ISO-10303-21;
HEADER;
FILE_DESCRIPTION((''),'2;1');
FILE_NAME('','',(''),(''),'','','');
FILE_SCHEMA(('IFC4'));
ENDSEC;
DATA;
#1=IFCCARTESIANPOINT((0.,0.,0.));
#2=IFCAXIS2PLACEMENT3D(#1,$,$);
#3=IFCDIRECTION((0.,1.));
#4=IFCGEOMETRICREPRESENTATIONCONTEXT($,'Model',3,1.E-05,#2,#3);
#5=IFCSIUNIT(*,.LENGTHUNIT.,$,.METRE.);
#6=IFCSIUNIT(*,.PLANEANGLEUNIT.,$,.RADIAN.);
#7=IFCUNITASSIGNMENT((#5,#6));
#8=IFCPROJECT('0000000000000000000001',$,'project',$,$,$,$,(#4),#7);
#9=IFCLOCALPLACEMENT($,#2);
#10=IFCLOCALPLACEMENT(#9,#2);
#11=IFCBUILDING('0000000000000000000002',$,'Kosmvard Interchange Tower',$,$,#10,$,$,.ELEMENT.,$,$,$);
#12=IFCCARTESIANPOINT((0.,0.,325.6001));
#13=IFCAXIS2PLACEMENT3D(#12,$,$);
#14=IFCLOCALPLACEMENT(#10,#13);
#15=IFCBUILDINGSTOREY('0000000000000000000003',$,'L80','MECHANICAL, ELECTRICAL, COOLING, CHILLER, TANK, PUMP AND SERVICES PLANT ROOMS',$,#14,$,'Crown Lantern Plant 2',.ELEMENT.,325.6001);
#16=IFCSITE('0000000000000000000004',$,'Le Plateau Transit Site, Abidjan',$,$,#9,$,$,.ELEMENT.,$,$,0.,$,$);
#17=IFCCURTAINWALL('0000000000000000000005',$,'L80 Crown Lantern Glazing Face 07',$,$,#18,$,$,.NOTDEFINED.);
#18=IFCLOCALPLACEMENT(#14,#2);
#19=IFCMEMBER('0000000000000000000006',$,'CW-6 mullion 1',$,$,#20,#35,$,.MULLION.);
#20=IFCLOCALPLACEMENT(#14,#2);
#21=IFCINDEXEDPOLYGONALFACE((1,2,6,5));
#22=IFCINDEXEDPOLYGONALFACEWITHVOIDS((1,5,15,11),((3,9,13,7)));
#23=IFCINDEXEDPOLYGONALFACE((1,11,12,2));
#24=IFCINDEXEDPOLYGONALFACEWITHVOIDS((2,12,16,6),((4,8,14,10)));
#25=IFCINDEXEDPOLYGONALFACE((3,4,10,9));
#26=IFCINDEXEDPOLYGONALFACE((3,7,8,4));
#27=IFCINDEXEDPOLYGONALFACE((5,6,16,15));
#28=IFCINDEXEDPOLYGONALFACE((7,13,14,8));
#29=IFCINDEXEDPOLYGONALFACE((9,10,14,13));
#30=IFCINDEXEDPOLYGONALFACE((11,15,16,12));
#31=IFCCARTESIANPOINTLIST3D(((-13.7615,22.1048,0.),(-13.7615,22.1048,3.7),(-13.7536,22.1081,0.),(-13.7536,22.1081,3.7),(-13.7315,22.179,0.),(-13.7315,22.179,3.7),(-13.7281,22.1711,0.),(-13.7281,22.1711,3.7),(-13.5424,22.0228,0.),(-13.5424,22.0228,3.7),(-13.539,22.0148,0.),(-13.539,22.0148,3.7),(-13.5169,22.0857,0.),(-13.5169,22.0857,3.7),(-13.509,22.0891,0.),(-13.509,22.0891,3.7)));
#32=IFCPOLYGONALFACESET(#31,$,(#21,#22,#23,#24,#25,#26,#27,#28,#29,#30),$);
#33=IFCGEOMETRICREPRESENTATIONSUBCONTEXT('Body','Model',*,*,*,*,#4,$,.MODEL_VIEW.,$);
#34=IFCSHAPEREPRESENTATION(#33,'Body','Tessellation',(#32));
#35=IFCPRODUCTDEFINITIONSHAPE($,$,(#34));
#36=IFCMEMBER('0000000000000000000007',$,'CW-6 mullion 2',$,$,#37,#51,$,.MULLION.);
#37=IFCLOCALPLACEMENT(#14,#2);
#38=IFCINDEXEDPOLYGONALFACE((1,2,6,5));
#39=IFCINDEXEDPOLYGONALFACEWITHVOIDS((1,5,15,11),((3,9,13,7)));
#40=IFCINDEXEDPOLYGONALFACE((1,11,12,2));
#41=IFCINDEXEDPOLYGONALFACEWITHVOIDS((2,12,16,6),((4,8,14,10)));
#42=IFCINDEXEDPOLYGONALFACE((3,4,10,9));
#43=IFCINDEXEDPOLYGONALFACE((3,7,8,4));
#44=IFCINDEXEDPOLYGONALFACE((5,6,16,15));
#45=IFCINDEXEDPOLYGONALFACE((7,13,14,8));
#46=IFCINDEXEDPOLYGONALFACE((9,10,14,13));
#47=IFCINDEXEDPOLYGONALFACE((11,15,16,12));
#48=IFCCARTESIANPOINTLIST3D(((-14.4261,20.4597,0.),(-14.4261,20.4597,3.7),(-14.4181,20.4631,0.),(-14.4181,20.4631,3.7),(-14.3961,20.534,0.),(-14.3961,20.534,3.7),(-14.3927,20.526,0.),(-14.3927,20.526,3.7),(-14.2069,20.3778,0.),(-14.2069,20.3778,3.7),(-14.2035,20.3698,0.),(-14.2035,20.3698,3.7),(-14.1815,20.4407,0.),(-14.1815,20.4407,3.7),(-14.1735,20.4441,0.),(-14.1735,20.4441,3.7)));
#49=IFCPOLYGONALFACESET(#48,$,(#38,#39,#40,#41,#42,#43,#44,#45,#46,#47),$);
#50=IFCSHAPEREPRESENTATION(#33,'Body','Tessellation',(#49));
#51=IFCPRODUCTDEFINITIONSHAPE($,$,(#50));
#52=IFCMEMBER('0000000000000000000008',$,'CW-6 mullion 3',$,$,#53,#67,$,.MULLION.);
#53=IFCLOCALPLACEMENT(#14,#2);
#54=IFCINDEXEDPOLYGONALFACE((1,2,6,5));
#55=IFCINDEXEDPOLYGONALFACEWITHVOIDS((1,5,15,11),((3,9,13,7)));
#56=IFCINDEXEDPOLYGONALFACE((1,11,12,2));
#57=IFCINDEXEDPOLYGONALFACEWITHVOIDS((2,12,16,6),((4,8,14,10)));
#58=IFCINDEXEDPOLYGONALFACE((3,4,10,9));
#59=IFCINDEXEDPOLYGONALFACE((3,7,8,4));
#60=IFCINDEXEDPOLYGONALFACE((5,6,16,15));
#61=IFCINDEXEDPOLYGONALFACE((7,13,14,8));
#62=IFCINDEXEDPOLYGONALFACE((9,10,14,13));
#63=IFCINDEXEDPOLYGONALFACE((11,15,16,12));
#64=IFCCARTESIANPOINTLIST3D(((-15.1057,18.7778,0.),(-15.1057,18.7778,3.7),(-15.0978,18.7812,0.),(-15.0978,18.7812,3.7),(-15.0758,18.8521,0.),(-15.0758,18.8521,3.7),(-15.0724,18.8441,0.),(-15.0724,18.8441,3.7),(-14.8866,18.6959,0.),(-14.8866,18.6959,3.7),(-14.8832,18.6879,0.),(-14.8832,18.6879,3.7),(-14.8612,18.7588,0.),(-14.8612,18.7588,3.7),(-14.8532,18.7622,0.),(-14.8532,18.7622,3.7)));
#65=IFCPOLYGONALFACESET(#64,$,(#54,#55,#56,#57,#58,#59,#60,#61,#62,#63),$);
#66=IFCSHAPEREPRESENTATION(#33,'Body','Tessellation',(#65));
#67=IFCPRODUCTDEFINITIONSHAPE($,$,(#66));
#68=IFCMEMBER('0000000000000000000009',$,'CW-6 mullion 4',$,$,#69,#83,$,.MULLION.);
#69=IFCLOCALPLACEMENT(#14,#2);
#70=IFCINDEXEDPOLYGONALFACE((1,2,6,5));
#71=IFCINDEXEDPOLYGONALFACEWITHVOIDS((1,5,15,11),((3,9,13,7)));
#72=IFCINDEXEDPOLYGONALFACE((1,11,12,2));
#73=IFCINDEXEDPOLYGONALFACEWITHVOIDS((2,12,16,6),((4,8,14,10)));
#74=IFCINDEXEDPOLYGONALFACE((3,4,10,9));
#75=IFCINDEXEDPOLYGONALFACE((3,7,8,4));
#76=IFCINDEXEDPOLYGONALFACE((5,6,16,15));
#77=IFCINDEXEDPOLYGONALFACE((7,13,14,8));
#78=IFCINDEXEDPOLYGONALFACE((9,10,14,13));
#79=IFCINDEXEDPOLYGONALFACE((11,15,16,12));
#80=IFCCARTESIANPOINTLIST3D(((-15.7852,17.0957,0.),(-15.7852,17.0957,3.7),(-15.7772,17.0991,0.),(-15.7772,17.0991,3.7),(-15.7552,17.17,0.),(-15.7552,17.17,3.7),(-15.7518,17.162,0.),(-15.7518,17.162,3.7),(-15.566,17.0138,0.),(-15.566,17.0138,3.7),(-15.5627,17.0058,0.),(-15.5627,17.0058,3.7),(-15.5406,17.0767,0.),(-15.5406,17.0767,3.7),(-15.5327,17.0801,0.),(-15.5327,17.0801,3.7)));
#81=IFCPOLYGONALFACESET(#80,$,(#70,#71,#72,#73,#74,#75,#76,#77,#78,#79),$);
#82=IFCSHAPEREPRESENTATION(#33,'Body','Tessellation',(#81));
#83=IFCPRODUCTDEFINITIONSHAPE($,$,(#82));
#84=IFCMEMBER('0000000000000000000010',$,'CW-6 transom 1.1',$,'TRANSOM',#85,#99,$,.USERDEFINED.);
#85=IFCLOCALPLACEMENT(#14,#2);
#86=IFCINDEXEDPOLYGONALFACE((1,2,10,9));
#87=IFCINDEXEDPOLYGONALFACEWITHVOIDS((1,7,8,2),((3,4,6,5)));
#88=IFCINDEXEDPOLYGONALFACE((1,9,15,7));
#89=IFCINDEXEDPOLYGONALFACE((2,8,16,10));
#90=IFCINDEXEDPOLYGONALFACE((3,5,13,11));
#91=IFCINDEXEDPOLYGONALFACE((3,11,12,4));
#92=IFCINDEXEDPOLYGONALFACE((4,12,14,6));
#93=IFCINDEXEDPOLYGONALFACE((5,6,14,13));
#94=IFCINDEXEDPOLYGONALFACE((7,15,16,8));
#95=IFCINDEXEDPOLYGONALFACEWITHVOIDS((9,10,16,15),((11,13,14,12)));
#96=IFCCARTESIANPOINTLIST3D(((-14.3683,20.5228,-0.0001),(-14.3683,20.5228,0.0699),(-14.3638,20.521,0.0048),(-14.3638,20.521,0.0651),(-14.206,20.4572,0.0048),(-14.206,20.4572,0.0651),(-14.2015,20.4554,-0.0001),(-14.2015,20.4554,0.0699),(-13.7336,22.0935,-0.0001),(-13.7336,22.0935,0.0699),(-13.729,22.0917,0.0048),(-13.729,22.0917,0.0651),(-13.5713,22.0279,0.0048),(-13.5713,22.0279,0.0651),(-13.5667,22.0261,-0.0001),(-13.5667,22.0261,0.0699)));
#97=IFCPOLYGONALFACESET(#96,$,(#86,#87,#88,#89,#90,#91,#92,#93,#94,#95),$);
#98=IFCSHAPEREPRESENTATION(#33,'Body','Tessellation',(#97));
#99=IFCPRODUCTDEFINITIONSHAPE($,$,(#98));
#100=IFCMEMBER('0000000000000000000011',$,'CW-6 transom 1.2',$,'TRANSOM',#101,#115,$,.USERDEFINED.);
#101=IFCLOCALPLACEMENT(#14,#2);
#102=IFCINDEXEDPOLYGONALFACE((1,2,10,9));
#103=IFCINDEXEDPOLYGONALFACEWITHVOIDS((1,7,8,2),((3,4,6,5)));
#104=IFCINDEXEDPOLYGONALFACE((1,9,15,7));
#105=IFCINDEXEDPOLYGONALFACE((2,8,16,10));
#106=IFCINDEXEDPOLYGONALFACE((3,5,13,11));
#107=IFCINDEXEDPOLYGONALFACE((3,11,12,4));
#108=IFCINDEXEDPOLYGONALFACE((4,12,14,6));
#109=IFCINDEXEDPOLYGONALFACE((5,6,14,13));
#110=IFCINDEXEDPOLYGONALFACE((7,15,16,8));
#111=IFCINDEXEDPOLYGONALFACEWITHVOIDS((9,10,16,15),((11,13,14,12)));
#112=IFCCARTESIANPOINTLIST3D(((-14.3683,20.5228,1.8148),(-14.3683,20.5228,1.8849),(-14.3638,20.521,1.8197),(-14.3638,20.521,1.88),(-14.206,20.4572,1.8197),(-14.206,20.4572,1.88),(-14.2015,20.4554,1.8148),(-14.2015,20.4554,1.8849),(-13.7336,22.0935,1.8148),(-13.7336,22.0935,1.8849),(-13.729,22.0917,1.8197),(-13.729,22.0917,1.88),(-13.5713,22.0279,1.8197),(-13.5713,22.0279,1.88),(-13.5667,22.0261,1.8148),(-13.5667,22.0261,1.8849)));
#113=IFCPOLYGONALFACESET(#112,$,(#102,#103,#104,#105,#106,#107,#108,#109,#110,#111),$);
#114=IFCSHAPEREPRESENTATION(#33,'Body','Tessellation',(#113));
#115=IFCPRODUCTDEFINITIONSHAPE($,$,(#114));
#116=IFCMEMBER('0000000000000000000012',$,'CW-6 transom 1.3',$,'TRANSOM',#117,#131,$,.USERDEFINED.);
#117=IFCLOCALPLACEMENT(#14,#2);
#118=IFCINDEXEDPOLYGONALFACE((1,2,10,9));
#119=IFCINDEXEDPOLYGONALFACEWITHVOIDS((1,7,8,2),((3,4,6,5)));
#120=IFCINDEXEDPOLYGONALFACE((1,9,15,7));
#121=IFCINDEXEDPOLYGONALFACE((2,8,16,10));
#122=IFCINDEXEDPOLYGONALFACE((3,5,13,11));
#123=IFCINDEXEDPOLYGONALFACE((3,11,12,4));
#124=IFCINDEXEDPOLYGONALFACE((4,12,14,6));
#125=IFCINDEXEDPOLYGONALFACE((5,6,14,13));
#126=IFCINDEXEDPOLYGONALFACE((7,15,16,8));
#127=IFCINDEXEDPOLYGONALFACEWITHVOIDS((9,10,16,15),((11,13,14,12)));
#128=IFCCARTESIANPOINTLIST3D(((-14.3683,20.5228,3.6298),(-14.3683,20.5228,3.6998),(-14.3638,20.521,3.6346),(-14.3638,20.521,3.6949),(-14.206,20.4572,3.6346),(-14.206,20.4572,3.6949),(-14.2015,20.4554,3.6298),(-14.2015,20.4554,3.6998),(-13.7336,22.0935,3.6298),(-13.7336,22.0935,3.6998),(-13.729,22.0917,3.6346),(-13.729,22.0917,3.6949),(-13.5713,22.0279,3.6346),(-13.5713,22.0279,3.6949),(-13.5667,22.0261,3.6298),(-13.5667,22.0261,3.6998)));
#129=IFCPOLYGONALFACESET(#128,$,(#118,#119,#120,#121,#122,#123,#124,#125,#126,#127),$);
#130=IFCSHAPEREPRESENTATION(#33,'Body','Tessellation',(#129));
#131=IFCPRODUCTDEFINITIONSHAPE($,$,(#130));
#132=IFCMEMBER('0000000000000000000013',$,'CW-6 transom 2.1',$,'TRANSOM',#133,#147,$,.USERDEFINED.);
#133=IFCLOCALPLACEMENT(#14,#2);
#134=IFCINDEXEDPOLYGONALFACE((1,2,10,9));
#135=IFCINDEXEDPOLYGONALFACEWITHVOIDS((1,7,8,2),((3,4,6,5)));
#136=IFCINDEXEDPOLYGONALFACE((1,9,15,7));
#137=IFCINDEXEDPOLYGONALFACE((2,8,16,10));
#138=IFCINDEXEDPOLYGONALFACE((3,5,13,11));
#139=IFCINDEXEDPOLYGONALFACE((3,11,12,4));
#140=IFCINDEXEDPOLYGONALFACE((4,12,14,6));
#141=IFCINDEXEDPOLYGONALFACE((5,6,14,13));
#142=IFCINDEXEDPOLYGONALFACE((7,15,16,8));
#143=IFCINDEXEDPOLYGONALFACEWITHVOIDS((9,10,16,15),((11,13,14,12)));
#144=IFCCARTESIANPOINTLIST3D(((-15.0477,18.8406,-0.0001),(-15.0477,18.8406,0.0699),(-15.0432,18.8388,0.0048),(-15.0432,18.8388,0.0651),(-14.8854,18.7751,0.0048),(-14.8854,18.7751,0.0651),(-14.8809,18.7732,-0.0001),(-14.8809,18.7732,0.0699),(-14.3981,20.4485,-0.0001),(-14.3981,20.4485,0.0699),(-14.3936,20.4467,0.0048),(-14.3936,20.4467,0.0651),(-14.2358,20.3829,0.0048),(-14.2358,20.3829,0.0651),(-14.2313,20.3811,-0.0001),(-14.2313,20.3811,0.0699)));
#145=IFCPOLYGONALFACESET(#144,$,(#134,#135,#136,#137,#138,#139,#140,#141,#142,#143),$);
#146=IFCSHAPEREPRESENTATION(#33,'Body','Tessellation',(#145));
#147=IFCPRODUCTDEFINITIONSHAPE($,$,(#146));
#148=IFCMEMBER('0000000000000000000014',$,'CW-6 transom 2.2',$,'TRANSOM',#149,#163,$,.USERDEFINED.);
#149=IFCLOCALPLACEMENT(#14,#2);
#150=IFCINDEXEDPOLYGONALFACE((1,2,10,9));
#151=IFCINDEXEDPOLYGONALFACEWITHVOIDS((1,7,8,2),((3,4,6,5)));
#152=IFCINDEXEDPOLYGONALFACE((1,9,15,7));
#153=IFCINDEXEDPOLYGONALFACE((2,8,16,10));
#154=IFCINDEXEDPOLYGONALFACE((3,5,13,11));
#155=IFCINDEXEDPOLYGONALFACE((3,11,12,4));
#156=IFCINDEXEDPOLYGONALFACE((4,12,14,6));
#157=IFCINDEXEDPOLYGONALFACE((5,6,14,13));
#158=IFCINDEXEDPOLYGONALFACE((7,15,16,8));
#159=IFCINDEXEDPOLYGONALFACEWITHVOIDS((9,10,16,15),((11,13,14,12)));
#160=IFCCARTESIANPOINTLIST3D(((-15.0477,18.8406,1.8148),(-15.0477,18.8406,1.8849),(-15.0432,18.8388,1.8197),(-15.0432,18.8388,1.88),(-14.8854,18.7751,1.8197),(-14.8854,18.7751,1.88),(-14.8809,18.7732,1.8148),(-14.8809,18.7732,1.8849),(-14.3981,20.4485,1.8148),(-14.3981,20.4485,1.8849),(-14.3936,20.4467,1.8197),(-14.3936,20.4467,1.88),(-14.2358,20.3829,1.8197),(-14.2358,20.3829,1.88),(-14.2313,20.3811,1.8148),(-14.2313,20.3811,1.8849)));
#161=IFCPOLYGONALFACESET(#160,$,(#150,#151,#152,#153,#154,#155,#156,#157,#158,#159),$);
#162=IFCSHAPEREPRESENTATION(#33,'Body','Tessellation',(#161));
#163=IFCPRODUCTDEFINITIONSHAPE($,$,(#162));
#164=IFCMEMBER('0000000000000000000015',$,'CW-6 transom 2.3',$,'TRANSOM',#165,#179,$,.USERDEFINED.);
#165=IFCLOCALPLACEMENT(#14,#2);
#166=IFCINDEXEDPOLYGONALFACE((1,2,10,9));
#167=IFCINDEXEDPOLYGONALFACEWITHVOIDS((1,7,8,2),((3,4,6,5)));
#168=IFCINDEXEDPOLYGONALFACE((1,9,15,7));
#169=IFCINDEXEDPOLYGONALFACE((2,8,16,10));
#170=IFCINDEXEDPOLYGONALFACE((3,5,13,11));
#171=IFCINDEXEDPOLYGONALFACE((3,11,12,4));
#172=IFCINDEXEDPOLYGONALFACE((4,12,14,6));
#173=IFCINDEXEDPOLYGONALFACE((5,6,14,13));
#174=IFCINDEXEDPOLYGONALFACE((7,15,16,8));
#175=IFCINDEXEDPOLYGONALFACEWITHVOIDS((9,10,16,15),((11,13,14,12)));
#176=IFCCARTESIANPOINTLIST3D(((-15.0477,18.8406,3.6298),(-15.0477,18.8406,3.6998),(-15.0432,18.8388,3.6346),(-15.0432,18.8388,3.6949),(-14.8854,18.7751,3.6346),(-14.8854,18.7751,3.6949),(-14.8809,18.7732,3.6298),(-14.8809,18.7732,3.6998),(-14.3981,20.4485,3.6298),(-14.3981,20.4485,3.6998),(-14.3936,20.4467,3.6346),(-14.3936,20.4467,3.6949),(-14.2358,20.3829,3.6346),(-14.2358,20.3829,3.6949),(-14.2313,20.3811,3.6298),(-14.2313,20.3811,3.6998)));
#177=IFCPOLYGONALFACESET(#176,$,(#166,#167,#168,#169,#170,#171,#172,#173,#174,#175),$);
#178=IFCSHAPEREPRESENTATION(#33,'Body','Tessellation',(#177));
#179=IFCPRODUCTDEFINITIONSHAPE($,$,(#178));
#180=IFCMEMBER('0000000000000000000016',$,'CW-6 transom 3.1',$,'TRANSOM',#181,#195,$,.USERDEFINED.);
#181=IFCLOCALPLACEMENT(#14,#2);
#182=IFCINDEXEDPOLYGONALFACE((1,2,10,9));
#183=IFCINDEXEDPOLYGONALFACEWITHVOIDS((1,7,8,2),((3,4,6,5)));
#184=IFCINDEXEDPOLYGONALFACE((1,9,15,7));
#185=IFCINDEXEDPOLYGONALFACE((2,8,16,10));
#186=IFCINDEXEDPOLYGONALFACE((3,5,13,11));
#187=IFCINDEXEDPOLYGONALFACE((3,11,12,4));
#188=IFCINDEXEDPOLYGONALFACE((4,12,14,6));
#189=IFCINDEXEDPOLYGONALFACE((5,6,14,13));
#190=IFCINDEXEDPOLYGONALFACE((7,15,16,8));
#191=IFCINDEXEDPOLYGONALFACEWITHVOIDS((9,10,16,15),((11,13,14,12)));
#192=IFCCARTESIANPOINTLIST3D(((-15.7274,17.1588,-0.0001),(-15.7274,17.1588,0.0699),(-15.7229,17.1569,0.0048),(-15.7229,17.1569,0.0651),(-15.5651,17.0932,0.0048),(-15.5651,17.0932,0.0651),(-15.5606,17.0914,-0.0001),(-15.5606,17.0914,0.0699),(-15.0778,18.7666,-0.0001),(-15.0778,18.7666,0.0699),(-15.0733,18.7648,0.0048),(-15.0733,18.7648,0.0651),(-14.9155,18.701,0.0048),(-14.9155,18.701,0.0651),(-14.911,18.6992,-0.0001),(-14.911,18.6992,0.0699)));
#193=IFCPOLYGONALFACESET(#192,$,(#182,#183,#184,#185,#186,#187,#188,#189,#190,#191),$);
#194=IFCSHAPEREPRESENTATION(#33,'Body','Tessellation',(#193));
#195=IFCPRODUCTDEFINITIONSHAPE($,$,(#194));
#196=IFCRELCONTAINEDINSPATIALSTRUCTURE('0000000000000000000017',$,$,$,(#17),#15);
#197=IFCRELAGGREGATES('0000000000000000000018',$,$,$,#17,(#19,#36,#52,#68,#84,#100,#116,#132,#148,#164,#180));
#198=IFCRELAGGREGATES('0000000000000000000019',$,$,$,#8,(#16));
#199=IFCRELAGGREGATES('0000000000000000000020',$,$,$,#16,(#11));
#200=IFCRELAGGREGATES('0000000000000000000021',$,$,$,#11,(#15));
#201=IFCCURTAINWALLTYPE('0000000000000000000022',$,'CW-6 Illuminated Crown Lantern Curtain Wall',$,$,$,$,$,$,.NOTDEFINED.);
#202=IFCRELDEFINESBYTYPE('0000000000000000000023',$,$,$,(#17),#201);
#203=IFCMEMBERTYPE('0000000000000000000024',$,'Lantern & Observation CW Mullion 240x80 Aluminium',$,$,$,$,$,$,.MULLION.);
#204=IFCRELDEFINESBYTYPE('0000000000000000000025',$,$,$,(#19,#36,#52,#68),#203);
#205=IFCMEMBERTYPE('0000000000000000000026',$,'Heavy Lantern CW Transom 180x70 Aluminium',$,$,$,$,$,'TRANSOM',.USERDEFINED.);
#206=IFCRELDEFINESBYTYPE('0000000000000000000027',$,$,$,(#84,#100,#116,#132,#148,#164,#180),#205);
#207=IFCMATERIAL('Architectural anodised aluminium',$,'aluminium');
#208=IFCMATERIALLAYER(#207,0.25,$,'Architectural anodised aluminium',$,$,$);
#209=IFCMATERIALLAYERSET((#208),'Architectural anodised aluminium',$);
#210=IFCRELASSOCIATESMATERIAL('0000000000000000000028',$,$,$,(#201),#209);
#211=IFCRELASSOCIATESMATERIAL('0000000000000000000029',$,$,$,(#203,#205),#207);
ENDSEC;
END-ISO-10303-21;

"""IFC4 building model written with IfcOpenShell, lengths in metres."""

from ifc_helpers import new_model, si_unit, direction, frame, origin, origin_2d, place, context, subcontext, project, spatial, hollow_rectangle, extrude, source, transform, mapped, material, layer, layer_set, material_profile, profile_set, type_object, element, aggregate, save


model = new_model("IFC4")

# Units and contexts
model_context = context("Model", 3, precision=1e-05, world=origin(), true_north=direction((0.0, 1.0)))
body_context = subcontext(model_context, "Body", "Model", "MODEL_VIEW")
ifc_project = project(units=[si_unit("LENGTHUNIT", "METRE"), si_unit("PLANEANGLEUNIT", "RADIAN")], contexts=[model_context])

# Site, building, storey
site_placement = place(None, origin())
site = spatial("IfcSite", under=ifc_project, at=site_placement, Name="Le Plateau Transit Site, Abidjan", CompositionType="ELEMENT", RefElevation=0.0)
building_placement = place(site_placement, origin())
building = spatial("IfcBuilding", under=site, at=building_placement, Name="Kosmvard Interchange Tower", CompositionType="ELEMENT")
storey_placement = place(building_placement, frame((0.0, 0.0, 325.6001)))
storey = spatial("IfcBuildingStorey", under=building, at=storey_placement, Name="L80", Description="MECHANICAL, ELECTRICAL, COOLING, CHILLER, TANK, PUMP AND SERVICES PLANT ROOMS", LongName="Crown Lantern Plant 2", CompositionType="ELEMENT", Elevation=325.6001)

# Curtain wall, members
ifc_material_1 = material(Name="Architectural anodised aluminium", Category="aluminium")
ifc_layer_1 = layer(ifc_material_1, 0.25, Name="Architectural anodised aluminium")
ifc_layer_set_1 = layer_set([ifc_layer_1], Name="Architectural anodised aluminium")
curtain_wall_type = type_object("IfcCurtainWallType", Name="CW-6 Illuminated Crown Lantern Curtain Wall", PredefinedType="NOTDEFINED", material=ifc_layer_set_1)
curtain_wall_placement = place(storey_placement, origin())
curtain_wall = element("IfcCurtainWall", 1, at=curtain_wall_placement, inside=storey, type_object=curtain_wall_type, Name="L80 Crown Lantern Glazing Face 07", PredefinedType="NOTDEFINED")
ifc_material_profile_1 = material_profile(ifc_material_1, hollow_rectangle(XDim=0.24, YDim=0.0801, WallThickness=0.0061, at=origin_2d()), Name="CWM 240x80x6")
ifc_profile_set_1 = profile_set([ifc_material_profile_1], Name="Architectural anodised aluminium")
member_type_1 = type_object("IfcMemberType", Name="Lantern & Observation CW Mullion 240x80 Aluminium", PredefinedType="MULLION", material=ifc_profile_set_1)
shared_shape_1 = source(origin(), body_context, "Body", "SweptSolid", [
    extrude(hollow_rectangle(XDim=0.24, YDim=0.0801, WallThickness=0.0061, at=origin_2d()), origin(), (0.0, 0.0, 1.0), 3.7),
])
member_1_placement = place(storey_placement, frame((-13.6353, 22.0969, 0.0), z_axis=(0.0, 0.0, 1.0), x_axis=(0.927184, -0.374607, 0.0)))
member_1 = element("IfcMember", 2, at=member_1_placement, type_object=member_type_1, Name="CW-6 mullion 1", PredefinedType="MULLION", context=body_context, shape_type="MappedRepresentation", body=[
    mapped(shared_shape_1, transform((0.0, 0.0, 0.0), scale=1.0)),
])
member_2_placement = place(storey_placement, frame((-14.2998, 20.4519, 0.0), z_axis=(0.0, 0.0, 1.0), x_axis=(0.927184, -0.374607, 0.0)))
member_2 = element("IfcMember", 3, at=member_2_placement, type_object=member_type_1, Name="CW-6 mullion 2", PredefinedType="MULLION", context=body_context, shape_type="MappedRepresentation", body=[
    mapped(shared_shape_1, transform((0.0, 0.0, 0.0), scale=1.0)),
])
member_3_placement = place(storey_placement, frame((-14.9795, 18.77, 0.0), z_axis=(0.0, 0.0, 1.0), x_axis=(0.927184, -0.374607, 0.0)))
member_3 = element("IfcMember", 4, at=member_3_placement, type_object=member_type_1, Name="CW-6 mullion 3", PredefinedType="MULLION", context=body_context, shape_type="MappedRepresentation", body=[
    mapped(shared_shape_1, transform((0.0, 0.0, 0.0), scale=1.0)),
])
member_4_placement = place(storey_placement, frame((-15.6589, 17.0879, 0.0), z_axis=(0.0, 0.0, 1.0), x_axis=(0.927184, -0.374607, 0.0)))
member_4 = element("IfcMember", 5, at=member_4_placement, type_object=member_type_1, Name="CW-6 mullion 4", PredefinedType="MULLION", context=body_context, shape_type="MappedRepresentation", body=[
    mapped(shared_shape_1, transform((0.0, 0.0, 0.0), scale=1.0)),
])
ifc_material_profile_2 = material_profile(ifc_material_1, hollow_rectangle(XDim=0.1799, YDim=0.0701, WallThickness=0.0049, at=origin_2d()), Name="CWT 180x70x5")
ifc_profile_set_2 = profile_set([ifc_material_profile_2], Name="Architectural anodised aluminium")
member_type_2 = type_object("IfcMemberType", Name="Heavy Lantern CW Transom 180x70 Aluminium", ElementType="TRANSOM", PredefinedType="USERDEFINED", material=ifc_profile_set_2)
shared_shape_2 = source(origin(), body_context, "Body", "SweptSolid", [
    extrude(hollow_rectangle(XDim=0.1799, YDim=0.0701, WallThickness=0.0049, at=origin_2d()), origin(), (0.0, 0.0, 1.0), 1.6941),
])
member_5_placement = place(storey_placement, frame((-13.6501, 22.0598, 0.0349), z_axis=(-0.374668, -0.927159, 0.0), x_axis=(0.927159, -0.374668, 0.0)))
member_5 = element("IfcMember", 6, at=member_5_placement, type_object=member_type_2, Name="CW-6 transom 1.1", ObjectType="TRANSOM", PredefinedType="USERDEFINED", context=body_context, shape_type="MappedRepresentation", body=[
    mapped(shared_shape_2, transform((0.0, 0.0, 0.0), scale=1.0)),
])
member_6_placement = place(storey_placement, frame((-13.6501, 22.0598, 1.8499), z_axis=(-0.374668, -0.927159, 0.0), x_axis=(0.927159, -0.374668, 0.0)))
member_6 = element("IfcMember", 7, at=member_6_placement, type_object=member_type_2, Name="CW-6 transom 1.2", ObjectType="TRANSOM", PredefinedType="USERDEFINED", context=body_context, shape_type="MappedRepresentation", body=[
    mapped(shared_shape_2, transform((0.0, 0.0, 0.0), scale=1.0)),
])
member_7_placement = place(storey_placement, frame((-13.6501, 22.0598, 3.6648), z_axis=(-0.374668, -0.927159, 0.0), x_axis=(0.927159, -0.374668, 0.0)))
member_7 = element("IfcMember", 8, at=member_7_placement, type_object=member_type_2, Name="CW-6 transom 1.3", ObjectType="TRANSOM", PredefinedType="USERDEFINED", context=body_context, shape_type="MappedRepresentation", body=[
    mapped(shared_shape_2, transform((0.0, 0.0, 0.0), scale=1.0)),
])
shared_shape_3 = source(origin(), body_context, "Body", "SweptSolid", [
    extrude(hollow_rectangle(XDim=0.1799, YDim=0.0701, WallThickness=0.0049, at=origin_2d()), origin(), (0.0, 0.0, 1.0), 1.7341),
])
member_8_placement = place(storey_placement, frame((-14.3147, 20.4148, 0.0349), z_axis=(-0.374617, -0.92718, 0.0), x_axis=(0.92718, -0.374617, 0.0)))
member_8 = element("IfcMember", 9, at=member_8_placement, type_object=member_type_2, Name="CW-6 transom 2.1", ObjectType="TRANSOM", PredefinedType="USERDEFINED", context=body_context, shape_type="MappedRepresentation", body=[
    mapped(shared_shape_3, transform((0.0, 0.0, 0.0), scale=1.0)),
])
member_9_placement = place(storey_placement, frame((-14.3147, 20.4148, 1.8499), z_axis=(-0.374617, -0.92718, 0.0), x_axis=(0.92718, -0.374617, 0.0)))
member_9 = element("IfcMember", 10, at=member_9_placement, type_object=member_type_2, Name="CW-6 transom 2.2", ObjectType="TRANSOM", PredefinedType="USERDEFINED", context=body_context, shape_type="MappedRepresentation", body=[
    mapped(shared_shape_3, transform((0.0, 0.0, 0.0), scale=1.0)),
])
member_10_placement = place(storey_placement, frame((-14.3147, 20.4148, 3.6648), z_axis=(-0.374617, -0.92718, 0.0), x_axis=(0.92718, -0.374617, 0.0)))
member_10 = element("IfcMember", 11, at=member_10_placement, type_object=member_type_2, Name="CW-6 transom 2.3", ObjectType="TRANSOM", PredefinedType="USERDEFINED", context=body_context, shape_type="MappedRepresentation", body=[
    mapped(shared_shape_3, transform((0.0, 0.0, 0.0), scale=1.0)),
])
member_11_placement = place(storey_placement, frame((-14.9944, 18.7329, 0.0349), z_axis=(-0.374617, -0.92718, 0.0), x_axis=(0.92718, -0.374617, 0.0)))
member_11 = element("IfcMember", 12, at=member_11_placement, type_object=member_type_2, Name="CW-6 transom 3.1", ObjectType="TRANSOM", PredefinedType="USERDEFINED", context=body_context, shape_type="MappedRepresentation", body=[
    mapped(shared_shape_3, transform((0.0, 0.0, 0.0), scale=1.0)),
])
aggregate(curtain_wall, [member_1, member_2, member_3, member_4, member_5, member_6, member_7, member_8, member_9, member_10, member_11])

save(model, "model.ifc")
